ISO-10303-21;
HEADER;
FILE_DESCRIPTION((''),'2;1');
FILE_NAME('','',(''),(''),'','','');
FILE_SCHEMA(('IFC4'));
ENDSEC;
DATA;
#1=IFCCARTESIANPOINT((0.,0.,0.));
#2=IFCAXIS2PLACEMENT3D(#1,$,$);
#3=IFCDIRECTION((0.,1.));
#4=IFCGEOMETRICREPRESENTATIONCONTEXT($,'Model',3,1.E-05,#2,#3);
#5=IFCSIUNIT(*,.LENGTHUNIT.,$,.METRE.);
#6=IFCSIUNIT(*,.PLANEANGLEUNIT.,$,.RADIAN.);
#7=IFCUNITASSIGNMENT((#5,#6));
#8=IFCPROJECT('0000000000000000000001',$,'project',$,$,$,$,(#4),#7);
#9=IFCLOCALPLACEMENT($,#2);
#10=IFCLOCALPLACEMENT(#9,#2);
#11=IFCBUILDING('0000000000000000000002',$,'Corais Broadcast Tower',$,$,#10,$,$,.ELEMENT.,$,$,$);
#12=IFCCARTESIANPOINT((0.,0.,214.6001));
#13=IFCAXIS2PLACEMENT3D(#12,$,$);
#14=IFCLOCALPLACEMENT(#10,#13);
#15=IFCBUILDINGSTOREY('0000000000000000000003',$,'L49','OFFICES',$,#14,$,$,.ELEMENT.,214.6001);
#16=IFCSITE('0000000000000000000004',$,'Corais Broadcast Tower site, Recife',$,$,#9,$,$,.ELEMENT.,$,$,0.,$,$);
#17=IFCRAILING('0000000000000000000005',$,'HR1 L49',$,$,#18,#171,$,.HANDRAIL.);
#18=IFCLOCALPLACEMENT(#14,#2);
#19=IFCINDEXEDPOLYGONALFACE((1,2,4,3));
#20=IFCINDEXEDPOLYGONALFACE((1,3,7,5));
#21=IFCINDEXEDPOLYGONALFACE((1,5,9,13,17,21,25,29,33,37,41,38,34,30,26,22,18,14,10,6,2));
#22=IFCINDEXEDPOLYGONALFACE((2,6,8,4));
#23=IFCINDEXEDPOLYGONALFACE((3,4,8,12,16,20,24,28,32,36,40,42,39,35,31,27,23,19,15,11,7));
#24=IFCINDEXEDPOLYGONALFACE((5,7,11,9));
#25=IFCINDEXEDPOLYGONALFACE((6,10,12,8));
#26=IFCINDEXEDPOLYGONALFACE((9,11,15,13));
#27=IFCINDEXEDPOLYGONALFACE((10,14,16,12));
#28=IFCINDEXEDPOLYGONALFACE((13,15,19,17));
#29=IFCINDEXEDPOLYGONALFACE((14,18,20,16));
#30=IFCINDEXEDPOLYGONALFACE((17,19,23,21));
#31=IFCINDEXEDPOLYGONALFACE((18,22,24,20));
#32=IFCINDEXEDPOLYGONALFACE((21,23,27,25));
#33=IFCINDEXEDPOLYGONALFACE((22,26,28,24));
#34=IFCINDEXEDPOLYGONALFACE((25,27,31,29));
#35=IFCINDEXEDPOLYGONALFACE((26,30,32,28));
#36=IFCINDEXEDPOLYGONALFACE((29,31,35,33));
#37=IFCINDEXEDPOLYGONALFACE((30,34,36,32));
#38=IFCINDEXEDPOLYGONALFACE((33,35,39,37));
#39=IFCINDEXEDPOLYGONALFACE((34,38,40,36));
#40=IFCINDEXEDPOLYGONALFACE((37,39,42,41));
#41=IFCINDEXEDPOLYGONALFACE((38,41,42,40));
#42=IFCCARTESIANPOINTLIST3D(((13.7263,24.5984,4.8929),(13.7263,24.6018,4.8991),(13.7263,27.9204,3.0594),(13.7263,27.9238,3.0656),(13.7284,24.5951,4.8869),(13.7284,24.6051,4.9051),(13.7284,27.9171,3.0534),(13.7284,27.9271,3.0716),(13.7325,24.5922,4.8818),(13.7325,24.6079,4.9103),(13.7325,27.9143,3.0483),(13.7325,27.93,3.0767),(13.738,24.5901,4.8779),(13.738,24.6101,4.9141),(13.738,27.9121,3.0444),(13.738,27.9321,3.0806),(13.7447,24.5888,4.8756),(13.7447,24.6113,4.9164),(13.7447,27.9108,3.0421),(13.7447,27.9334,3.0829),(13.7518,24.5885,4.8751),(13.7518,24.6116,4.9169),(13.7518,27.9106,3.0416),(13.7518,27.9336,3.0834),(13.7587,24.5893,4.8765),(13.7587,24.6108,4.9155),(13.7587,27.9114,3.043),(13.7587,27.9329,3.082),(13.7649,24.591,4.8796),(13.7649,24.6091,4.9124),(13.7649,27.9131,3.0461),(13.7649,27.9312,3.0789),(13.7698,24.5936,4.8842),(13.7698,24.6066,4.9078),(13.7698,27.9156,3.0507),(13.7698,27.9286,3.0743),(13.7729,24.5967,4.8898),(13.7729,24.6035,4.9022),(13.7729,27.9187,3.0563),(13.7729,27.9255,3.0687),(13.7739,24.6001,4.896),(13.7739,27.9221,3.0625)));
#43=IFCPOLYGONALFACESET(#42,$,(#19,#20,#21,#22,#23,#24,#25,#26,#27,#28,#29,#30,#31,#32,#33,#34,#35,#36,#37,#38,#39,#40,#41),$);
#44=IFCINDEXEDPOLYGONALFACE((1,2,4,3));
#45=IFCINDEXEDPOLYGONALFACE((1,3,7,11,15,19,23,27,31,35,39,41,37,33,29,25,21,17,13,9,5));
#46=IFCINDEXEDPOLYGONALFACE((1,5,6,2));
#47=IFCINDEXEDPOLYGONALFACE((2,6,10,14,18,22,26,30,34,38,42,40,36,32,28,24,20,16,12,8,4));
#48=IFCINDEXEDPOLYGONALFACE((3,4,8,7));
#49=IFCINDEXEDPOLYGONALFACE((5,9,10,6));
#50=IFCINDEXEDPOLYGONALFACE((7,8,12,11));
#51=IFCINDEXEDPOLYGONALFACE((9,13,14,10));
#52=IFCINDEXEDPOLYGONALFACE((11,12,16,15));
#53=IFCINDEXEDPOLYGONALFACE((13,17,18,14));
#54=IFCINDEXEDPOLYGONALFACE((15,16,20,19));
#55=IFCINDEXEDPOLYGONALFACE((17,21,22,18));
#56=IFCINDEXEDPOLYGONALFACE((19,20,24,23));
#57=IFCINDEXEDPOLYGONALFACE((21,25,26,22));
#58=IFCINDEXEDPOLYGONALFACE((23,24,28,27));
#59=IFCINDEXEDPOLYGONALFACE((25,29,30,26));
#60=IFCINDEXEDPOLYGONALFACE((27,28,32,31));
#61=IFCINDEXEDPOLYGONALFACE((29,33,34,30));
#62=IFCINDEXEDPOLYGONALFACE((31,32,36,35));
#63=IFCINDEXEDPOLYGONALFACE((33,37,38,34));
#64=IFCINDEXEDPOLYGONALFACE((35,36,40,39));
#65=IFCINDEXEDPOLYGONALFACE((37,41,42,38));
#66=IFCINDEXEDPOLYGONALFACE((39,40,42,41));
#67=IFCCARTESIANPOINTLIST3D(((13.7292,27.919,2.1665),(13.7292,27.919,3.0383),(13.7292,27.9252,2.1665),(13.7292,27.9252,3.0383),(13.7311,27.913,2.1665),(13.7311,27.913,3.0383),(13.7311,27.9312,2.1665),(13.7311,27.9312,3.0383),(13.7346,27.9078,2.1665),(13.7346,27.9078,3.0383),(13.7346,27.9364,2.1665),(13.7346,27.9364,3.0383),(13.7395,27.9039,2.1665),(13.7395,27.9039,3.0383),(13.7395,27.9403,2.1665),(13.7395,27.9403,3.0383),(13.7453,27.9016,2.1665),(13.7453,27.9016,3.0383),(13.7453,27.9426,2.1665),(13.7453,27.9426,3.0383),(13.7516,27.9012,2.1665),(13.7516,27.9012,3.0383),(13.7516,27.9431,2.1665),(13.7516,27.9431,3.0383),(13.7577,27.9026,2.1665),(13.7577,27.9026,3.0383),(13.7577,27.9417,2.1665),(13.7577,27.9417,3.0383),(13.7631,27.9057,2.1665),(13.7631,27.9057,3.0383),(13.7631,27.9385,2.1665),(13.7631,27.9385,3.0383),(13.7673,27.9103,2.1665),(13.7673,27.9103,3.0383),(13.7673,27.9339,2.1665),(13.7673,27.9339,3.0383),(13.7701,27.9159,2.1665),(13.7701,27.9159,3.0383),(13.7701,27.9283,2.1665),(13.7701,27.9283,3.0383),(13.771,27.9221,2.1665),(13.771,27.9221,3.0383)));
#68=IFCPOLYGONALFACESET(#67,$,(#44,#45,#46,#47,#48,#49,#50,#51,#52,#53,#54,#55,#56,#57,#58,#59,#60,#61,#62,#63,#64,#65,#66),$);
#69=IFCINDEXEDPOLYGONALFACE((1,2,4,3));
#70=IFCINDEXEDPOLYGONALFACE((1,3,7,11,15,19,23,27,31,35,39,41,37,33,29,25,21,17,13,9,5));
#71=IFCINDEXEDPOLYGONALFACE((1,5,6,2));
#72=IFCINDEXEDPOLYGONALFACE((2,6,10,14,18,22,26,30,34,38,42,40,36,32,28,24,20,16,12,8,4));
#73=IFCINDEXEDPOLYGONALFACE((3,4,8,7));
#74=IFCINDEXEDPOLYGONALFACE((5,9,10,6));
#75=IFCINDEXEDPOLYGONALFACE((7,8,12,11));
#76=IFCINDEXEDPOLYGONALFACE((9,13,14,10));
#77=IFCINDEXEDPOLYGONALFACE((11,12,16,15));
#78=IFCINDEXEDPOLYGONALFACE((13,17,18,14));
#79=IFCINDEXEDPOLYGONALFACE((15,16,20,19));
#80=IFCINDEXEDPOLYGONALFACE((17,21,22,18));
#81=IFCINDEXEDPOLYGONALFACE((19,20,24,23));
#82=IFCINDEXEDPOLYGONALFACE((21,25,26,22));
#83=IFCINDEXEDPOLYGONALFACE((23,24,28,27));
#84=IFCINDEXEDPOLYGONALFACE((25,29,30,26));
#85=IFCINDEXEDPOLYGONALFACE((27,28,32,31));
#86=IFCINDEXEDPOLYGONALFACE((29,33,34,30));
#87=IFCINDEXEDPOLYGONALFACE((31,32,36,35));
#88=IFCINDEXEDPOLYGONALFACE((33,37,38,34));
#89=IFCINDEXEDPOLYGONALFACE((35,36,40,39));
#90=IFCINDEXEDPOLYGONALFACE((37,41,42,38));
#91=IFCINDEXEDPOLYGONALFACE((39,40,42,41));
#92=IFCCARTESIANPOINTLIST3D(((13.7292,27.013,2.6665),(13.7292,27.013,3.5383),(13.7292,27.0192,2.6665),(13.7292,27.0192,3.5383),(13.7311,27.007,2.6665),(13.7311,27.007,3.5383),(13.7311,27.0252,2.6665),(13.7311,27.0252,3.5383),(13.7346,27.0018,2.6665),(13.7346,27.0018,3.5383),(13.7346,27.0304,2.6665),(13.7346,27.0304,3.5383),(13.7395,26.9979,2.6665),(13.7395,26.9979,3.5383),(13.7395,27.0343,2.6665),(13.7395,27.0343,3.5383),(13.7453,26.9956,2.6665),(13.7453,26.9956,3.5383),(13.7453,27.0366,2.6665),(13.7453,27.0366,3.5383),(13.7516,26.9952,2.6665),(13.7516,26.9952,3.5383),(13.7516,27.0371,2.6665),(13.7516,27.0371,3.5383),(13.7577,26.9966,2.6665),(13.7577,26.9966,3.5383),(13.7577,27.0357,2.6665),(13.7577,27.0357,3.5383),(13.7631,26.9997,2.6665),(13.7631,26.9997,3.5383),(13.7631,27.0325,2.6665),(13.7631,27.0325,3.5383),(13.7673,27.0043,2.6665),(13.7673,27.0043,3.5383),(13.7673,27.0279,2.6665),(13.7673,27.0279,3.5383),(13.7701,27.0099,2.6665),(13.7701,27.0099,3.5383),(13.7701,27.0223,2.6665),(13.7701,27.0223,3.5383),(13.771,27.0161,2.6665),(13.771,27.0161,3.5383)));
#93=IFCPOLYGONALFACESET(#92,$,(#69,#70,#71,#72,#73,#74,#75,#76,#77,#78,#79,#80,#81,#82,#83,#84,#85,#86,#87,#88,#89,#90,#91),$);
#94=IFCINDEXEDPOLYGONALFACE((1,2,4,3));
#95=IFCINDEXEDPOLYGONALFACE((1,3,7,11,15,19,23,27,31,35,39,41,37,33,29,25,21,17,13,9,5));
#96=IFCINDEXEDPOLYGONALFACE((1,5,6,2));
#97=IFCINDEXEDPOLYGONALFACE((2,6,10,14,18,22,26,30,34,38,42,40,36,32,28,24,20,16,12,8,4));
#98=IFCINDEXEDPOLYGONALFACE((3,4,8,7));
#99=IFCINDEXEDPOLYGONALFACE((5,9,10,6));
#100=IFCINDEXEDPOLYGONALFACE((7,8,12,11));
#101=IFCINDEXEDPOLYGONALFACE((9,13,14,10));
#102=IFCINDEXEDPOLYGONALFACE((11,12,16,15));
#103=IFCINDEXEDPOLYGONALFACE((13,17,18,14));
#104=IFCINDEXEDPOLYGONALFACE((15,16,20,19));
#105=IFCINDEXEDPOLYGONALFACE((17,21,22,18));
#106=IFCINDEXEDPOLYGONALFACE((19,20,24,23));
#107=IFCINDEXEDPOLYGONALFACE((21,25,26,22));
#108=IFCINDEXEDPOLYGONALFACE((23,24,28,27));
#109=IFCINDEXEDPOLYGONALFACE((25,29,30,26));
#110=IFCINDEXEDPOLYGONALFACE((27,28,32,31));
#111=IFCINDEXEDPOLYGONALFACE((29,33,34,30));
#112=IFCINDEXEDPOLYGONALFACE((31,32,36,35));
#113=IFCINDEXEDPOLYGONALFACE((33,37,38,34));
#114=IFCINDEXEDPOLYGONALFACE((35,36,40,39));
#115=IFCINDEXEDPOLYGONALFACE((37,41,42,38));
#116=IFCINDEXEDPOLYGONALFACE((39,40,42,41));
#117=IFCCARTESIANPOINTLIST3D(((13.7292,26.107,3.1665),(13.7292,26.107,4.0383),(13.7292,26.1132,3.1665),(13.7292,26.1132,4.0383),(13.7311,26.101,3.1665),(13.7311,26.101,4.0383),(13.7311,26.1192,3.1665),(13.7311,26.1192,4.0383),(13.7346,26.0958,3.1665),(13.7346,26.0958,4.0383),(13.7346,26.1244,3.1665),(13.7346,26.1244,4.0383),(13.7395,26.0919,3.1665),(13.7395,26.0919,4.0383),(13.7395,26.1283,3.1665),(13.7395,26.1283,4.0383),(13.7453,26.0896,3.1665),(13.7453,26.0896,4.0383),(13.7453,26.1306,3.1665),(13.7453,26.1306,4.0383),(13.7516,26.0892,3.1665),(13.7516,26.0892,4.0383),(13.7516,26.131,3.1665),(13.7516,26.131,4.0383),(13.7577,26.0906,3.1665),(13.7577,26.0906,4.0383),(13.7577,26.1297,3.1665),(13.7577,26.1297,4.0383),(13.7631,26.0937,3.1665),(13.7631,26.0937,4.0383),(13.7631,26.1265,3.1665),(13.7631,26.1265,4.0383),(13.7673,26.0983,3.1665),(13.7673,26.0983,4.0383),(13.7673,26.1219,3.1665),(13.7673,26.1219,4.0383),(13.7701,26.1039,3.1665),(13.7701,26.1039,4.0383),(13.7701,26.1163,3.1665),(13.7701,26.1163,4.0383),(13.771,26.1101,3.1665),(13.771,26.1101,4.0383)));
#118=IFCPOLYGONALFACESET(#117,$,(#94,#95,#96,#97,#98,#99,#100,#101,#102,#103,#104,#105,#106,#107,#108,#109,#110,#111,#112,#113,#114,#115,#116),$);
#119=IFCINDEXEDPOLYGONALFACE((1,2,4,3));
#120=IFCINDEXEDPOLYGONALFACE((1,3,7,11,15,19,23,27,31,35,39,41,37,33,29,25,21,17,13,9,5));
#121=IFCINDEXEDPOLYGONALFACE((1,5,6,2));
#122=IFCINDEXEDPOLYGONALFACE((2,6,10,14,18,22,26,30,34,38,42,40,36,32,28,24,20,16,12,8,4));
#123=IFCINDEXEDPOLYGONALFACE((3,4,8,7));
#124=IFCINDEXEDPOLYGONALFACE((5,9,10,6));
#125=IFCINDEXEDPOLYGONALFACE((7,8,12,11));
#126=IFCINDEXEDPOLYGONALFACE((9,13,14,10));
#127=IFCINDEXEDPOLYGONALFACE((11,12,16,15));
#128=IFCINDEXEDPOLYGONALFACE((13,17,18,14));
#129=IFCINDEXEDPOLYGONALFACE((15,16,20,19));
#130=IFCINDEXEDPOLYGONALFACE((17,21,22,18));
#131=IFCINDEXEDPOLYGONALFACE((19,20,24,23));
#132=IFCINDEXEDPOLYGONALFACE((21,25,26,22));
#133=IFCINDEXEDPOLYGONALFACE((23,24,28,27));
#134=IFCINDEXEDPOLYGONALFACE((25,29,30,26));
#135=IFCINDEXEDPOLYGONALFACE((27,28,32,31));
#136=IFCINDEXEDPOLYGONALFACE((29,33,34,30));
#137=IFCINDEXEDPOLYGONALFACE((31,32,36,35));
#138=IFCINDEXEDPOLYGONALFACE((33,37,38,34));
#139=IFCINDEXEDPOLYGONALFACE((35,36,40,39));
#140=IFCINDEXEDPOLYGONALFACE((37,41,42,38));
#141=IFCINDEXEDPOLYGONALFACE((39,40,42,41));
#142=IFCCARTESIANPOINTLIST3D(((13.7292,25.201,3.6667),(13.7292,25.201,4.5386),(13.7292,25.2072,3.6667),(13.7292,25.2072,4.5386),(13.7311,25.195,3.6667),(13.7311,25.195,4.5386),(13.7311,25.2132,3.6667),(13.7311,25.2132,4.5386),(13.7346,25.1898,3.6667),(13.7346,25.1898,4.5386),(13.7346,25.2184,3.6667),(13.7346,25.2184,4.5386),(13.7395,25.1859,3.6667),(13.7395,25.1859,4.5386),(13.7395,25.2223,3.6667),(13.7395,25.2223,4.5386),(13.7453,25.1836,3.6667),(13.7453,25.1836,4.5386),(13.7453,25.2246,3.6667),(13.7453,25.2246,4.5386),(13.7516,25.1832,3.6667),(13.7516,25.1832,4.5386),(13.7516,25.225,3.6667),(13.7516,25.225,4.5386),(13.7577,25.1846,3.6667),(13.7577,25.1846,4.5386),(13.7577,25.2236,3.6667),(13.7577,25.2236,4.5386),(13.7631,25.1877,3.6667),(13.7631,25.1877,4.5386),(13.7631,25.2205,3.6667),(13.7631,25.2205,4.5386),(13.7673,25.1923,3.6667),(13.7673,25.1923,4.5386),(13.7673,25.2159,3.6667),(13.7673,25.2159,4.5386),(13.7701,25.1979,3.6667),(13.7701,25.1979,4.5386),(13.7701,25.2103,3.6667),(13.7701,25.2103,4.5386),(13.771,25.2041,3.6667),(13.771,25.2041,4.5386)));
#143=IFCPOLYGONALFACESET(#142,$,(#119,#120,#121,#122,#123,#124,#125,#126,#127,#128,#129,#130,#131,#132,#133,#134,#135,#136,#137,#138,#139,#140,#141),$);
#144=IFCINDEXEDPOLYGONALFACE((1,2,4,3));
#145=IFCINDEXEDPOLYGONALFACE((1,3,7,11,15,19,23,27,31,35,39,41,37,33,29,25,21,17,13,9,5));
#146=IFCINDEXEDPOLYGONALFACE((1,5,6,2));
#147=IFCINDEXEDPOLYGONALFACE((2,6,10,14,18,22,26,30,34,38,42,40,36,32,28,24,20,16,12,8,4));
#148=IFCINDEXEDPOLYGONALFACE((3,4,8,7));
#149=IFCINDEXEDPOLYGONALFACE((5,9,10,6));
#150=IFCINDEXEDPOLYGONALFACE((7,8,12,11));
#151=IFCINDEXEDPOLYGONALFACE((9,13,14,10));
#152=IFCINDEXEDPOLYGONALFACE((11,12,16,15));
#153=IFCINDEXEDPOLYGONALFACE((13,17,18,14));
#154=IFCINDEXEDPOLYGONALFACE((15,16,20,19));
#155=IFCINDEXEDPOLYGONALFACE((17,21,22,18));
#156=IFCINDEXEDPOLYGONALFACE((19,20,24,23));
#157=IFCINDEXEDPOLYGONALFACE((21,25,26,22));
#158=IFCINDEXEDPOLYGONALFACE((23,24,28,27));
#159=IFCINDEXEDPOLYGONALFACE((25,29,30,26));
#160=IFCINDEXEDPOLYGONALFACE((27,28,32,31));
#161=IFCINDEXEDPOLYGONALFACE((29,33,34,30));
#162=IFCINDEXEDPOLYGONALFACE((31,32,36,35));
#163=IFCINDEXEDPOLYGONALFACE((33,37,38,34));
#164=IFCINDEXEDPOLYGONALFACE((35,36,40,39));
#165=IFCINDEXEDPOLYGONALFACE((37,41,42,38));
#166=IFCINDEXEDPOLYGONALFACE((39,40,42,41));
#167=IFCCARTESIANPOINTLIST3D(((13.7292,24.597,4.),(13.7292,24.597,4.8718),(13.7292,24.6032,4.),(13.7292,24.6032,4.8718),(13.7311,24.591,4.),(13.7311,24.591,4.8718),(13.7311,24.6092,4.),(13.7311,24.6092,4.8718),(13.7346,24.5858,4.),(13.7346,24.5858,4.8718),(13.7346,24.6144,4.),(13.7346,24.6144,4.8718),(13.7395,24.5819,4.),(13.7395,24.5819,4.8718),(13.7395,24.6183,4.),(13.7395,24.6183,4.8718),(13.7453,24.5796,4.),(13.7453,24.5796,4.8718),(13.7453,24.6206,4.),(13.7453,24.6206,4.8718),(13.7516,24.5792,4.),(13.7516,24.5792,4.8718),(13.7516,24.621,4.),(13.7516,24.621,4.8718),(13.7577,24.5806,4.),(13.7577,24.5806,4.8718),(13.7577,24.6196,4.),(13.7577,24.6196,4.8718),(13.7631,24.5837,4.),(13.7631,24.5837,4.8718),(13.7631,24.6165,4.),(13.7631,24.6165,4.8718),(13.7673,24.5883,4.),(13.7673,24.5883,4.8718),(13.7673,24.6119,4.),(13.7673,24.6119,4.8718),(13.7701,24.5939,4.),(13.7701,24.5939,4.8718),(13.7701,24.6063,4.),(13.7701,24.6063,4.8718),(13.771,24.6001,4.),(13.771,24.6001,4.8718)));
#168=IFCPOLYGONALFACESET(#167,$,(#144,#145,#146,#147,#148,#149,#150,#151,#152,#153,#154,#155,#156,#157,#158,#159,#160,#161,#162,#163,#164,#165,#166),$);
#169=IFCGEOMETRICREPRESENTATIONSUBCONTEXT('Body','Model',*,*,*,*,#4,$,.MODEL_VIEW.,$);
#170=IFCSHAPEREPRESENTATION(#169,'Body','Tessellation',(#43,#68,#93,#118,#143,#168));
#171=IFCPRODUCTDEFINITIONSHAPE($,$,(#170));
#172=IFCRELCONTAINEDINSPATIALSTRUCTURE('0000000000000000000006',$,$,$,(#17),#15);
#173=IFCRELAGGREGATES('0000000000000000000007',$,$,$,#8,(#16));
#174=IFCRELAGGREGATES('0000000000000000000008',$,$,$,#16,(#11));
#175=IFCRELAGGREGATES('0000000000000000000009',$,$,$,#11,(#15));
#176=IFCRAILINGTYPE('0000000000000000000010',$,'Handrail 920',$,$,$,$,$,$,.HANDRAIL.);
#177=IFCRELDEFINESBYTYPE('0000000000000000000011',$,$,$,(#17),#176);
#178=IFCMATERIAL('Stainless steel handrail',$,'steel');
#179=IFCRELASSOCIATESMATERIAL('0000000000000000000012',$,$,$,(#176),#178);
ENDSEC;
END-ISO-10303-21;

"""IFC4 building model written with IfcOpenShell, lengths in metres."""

from ifc_helpers import new_model, si_unit, direction, frame, origin, origin_2d, place, context, subcontext, project, spatial, circle, extrude, material, type_object, element, save


model = new_model("IFC4")

# Units and contexts
model_context = context("Model", 3, precision=1e-05, world=origin(), true_north=direction((0.0, 1.0)))
body_context = subcontext(model_context, "Body", "Model", "MODEL_VIEW")
ifc_project = project(units=[si_unit("LENGTHUNIT", "METRE"), si_unit("PLANEANGLEUNIT", "RADIAN")], contexts=[model_context])

# Site, building, storey
site_placement = place(None, origin())
site = spatial("IfcSite", under=ifc_project, at=site_placement, Name="Corais Broadcast Tower site, Recife", CompositionType="ELEMENT", RefElevation=0.0)
building_placement = place(site_placement, origin())
building = spatial("IfcBuilding", under=site, at=building_placement, Name="Corais Broadcast Tower", CompositionType="ELEMENT")
storey_placement = place(building_placement, frame((0.0, 0.0, 214.6001)))
storey = spatial("IfcBuildingStorey", under=building, at=storey_placement, Name="L49", Description="OFFICES", CompositionType="ELEMENT", Elevation=214.6001)

# Railing
ifc_material_1 = material(Name="Stainless steel handrail", Category="steel")
railing_type = type_object("IfcRailingType", Name="Handrail 920", PredefinedType="HANDRAIL", material=ifc_material_1)
for number, where, name in (
    (1, (13.75, 27.9221, 2.1665), "HR1 L49"),
):
    element("IfcRailing", number, at=place(storey_placement, frame(where)), inside=storey, type_object=railing_type, Name=name, PredefinedType="HANDRAIL", context=body_context, shape_type="SweptSolid", body=[
        extrude(circle(Radius=0.0239, at=origin_2d()), frame((0.0, 0.0, 0.896), z_axis=(0.0, -0.875504, 0.48321), x_axis=(1.0, 0.0, 0.0)), (0.0, 0.0, 1.0), 3.7944),
        extrude(circle(Radius=0.021, at=origin_2d()), origin(), (0.0, 0.0, 1.0), 0.8718),
        extrude(circle(Radius=0.021, at=origin_2d()), frame((0.0, -0.906, 0.5)), (0.0, 0.0, 1.0), 0.8718),
        extrude(circle(Radius=0.021, at=origin_2d()), frame((0.0, -1.812, 1.0)), (0.0, 0.0, 1.0), 0.8718),
        extrude(circle(Radius=0.021, at=origin_2d()), frame((0.0, -2.718, 1.5002)), (0.0, 0.0, 1.0), 0.8718),
        extrude(circle(Radius=0.021, at=origin_2d()), frame((0.0, -3.322, 1.8335)), (0.0, 0.0, 1.0), 0.8718),
    ])

save(model, "model.ifc")
